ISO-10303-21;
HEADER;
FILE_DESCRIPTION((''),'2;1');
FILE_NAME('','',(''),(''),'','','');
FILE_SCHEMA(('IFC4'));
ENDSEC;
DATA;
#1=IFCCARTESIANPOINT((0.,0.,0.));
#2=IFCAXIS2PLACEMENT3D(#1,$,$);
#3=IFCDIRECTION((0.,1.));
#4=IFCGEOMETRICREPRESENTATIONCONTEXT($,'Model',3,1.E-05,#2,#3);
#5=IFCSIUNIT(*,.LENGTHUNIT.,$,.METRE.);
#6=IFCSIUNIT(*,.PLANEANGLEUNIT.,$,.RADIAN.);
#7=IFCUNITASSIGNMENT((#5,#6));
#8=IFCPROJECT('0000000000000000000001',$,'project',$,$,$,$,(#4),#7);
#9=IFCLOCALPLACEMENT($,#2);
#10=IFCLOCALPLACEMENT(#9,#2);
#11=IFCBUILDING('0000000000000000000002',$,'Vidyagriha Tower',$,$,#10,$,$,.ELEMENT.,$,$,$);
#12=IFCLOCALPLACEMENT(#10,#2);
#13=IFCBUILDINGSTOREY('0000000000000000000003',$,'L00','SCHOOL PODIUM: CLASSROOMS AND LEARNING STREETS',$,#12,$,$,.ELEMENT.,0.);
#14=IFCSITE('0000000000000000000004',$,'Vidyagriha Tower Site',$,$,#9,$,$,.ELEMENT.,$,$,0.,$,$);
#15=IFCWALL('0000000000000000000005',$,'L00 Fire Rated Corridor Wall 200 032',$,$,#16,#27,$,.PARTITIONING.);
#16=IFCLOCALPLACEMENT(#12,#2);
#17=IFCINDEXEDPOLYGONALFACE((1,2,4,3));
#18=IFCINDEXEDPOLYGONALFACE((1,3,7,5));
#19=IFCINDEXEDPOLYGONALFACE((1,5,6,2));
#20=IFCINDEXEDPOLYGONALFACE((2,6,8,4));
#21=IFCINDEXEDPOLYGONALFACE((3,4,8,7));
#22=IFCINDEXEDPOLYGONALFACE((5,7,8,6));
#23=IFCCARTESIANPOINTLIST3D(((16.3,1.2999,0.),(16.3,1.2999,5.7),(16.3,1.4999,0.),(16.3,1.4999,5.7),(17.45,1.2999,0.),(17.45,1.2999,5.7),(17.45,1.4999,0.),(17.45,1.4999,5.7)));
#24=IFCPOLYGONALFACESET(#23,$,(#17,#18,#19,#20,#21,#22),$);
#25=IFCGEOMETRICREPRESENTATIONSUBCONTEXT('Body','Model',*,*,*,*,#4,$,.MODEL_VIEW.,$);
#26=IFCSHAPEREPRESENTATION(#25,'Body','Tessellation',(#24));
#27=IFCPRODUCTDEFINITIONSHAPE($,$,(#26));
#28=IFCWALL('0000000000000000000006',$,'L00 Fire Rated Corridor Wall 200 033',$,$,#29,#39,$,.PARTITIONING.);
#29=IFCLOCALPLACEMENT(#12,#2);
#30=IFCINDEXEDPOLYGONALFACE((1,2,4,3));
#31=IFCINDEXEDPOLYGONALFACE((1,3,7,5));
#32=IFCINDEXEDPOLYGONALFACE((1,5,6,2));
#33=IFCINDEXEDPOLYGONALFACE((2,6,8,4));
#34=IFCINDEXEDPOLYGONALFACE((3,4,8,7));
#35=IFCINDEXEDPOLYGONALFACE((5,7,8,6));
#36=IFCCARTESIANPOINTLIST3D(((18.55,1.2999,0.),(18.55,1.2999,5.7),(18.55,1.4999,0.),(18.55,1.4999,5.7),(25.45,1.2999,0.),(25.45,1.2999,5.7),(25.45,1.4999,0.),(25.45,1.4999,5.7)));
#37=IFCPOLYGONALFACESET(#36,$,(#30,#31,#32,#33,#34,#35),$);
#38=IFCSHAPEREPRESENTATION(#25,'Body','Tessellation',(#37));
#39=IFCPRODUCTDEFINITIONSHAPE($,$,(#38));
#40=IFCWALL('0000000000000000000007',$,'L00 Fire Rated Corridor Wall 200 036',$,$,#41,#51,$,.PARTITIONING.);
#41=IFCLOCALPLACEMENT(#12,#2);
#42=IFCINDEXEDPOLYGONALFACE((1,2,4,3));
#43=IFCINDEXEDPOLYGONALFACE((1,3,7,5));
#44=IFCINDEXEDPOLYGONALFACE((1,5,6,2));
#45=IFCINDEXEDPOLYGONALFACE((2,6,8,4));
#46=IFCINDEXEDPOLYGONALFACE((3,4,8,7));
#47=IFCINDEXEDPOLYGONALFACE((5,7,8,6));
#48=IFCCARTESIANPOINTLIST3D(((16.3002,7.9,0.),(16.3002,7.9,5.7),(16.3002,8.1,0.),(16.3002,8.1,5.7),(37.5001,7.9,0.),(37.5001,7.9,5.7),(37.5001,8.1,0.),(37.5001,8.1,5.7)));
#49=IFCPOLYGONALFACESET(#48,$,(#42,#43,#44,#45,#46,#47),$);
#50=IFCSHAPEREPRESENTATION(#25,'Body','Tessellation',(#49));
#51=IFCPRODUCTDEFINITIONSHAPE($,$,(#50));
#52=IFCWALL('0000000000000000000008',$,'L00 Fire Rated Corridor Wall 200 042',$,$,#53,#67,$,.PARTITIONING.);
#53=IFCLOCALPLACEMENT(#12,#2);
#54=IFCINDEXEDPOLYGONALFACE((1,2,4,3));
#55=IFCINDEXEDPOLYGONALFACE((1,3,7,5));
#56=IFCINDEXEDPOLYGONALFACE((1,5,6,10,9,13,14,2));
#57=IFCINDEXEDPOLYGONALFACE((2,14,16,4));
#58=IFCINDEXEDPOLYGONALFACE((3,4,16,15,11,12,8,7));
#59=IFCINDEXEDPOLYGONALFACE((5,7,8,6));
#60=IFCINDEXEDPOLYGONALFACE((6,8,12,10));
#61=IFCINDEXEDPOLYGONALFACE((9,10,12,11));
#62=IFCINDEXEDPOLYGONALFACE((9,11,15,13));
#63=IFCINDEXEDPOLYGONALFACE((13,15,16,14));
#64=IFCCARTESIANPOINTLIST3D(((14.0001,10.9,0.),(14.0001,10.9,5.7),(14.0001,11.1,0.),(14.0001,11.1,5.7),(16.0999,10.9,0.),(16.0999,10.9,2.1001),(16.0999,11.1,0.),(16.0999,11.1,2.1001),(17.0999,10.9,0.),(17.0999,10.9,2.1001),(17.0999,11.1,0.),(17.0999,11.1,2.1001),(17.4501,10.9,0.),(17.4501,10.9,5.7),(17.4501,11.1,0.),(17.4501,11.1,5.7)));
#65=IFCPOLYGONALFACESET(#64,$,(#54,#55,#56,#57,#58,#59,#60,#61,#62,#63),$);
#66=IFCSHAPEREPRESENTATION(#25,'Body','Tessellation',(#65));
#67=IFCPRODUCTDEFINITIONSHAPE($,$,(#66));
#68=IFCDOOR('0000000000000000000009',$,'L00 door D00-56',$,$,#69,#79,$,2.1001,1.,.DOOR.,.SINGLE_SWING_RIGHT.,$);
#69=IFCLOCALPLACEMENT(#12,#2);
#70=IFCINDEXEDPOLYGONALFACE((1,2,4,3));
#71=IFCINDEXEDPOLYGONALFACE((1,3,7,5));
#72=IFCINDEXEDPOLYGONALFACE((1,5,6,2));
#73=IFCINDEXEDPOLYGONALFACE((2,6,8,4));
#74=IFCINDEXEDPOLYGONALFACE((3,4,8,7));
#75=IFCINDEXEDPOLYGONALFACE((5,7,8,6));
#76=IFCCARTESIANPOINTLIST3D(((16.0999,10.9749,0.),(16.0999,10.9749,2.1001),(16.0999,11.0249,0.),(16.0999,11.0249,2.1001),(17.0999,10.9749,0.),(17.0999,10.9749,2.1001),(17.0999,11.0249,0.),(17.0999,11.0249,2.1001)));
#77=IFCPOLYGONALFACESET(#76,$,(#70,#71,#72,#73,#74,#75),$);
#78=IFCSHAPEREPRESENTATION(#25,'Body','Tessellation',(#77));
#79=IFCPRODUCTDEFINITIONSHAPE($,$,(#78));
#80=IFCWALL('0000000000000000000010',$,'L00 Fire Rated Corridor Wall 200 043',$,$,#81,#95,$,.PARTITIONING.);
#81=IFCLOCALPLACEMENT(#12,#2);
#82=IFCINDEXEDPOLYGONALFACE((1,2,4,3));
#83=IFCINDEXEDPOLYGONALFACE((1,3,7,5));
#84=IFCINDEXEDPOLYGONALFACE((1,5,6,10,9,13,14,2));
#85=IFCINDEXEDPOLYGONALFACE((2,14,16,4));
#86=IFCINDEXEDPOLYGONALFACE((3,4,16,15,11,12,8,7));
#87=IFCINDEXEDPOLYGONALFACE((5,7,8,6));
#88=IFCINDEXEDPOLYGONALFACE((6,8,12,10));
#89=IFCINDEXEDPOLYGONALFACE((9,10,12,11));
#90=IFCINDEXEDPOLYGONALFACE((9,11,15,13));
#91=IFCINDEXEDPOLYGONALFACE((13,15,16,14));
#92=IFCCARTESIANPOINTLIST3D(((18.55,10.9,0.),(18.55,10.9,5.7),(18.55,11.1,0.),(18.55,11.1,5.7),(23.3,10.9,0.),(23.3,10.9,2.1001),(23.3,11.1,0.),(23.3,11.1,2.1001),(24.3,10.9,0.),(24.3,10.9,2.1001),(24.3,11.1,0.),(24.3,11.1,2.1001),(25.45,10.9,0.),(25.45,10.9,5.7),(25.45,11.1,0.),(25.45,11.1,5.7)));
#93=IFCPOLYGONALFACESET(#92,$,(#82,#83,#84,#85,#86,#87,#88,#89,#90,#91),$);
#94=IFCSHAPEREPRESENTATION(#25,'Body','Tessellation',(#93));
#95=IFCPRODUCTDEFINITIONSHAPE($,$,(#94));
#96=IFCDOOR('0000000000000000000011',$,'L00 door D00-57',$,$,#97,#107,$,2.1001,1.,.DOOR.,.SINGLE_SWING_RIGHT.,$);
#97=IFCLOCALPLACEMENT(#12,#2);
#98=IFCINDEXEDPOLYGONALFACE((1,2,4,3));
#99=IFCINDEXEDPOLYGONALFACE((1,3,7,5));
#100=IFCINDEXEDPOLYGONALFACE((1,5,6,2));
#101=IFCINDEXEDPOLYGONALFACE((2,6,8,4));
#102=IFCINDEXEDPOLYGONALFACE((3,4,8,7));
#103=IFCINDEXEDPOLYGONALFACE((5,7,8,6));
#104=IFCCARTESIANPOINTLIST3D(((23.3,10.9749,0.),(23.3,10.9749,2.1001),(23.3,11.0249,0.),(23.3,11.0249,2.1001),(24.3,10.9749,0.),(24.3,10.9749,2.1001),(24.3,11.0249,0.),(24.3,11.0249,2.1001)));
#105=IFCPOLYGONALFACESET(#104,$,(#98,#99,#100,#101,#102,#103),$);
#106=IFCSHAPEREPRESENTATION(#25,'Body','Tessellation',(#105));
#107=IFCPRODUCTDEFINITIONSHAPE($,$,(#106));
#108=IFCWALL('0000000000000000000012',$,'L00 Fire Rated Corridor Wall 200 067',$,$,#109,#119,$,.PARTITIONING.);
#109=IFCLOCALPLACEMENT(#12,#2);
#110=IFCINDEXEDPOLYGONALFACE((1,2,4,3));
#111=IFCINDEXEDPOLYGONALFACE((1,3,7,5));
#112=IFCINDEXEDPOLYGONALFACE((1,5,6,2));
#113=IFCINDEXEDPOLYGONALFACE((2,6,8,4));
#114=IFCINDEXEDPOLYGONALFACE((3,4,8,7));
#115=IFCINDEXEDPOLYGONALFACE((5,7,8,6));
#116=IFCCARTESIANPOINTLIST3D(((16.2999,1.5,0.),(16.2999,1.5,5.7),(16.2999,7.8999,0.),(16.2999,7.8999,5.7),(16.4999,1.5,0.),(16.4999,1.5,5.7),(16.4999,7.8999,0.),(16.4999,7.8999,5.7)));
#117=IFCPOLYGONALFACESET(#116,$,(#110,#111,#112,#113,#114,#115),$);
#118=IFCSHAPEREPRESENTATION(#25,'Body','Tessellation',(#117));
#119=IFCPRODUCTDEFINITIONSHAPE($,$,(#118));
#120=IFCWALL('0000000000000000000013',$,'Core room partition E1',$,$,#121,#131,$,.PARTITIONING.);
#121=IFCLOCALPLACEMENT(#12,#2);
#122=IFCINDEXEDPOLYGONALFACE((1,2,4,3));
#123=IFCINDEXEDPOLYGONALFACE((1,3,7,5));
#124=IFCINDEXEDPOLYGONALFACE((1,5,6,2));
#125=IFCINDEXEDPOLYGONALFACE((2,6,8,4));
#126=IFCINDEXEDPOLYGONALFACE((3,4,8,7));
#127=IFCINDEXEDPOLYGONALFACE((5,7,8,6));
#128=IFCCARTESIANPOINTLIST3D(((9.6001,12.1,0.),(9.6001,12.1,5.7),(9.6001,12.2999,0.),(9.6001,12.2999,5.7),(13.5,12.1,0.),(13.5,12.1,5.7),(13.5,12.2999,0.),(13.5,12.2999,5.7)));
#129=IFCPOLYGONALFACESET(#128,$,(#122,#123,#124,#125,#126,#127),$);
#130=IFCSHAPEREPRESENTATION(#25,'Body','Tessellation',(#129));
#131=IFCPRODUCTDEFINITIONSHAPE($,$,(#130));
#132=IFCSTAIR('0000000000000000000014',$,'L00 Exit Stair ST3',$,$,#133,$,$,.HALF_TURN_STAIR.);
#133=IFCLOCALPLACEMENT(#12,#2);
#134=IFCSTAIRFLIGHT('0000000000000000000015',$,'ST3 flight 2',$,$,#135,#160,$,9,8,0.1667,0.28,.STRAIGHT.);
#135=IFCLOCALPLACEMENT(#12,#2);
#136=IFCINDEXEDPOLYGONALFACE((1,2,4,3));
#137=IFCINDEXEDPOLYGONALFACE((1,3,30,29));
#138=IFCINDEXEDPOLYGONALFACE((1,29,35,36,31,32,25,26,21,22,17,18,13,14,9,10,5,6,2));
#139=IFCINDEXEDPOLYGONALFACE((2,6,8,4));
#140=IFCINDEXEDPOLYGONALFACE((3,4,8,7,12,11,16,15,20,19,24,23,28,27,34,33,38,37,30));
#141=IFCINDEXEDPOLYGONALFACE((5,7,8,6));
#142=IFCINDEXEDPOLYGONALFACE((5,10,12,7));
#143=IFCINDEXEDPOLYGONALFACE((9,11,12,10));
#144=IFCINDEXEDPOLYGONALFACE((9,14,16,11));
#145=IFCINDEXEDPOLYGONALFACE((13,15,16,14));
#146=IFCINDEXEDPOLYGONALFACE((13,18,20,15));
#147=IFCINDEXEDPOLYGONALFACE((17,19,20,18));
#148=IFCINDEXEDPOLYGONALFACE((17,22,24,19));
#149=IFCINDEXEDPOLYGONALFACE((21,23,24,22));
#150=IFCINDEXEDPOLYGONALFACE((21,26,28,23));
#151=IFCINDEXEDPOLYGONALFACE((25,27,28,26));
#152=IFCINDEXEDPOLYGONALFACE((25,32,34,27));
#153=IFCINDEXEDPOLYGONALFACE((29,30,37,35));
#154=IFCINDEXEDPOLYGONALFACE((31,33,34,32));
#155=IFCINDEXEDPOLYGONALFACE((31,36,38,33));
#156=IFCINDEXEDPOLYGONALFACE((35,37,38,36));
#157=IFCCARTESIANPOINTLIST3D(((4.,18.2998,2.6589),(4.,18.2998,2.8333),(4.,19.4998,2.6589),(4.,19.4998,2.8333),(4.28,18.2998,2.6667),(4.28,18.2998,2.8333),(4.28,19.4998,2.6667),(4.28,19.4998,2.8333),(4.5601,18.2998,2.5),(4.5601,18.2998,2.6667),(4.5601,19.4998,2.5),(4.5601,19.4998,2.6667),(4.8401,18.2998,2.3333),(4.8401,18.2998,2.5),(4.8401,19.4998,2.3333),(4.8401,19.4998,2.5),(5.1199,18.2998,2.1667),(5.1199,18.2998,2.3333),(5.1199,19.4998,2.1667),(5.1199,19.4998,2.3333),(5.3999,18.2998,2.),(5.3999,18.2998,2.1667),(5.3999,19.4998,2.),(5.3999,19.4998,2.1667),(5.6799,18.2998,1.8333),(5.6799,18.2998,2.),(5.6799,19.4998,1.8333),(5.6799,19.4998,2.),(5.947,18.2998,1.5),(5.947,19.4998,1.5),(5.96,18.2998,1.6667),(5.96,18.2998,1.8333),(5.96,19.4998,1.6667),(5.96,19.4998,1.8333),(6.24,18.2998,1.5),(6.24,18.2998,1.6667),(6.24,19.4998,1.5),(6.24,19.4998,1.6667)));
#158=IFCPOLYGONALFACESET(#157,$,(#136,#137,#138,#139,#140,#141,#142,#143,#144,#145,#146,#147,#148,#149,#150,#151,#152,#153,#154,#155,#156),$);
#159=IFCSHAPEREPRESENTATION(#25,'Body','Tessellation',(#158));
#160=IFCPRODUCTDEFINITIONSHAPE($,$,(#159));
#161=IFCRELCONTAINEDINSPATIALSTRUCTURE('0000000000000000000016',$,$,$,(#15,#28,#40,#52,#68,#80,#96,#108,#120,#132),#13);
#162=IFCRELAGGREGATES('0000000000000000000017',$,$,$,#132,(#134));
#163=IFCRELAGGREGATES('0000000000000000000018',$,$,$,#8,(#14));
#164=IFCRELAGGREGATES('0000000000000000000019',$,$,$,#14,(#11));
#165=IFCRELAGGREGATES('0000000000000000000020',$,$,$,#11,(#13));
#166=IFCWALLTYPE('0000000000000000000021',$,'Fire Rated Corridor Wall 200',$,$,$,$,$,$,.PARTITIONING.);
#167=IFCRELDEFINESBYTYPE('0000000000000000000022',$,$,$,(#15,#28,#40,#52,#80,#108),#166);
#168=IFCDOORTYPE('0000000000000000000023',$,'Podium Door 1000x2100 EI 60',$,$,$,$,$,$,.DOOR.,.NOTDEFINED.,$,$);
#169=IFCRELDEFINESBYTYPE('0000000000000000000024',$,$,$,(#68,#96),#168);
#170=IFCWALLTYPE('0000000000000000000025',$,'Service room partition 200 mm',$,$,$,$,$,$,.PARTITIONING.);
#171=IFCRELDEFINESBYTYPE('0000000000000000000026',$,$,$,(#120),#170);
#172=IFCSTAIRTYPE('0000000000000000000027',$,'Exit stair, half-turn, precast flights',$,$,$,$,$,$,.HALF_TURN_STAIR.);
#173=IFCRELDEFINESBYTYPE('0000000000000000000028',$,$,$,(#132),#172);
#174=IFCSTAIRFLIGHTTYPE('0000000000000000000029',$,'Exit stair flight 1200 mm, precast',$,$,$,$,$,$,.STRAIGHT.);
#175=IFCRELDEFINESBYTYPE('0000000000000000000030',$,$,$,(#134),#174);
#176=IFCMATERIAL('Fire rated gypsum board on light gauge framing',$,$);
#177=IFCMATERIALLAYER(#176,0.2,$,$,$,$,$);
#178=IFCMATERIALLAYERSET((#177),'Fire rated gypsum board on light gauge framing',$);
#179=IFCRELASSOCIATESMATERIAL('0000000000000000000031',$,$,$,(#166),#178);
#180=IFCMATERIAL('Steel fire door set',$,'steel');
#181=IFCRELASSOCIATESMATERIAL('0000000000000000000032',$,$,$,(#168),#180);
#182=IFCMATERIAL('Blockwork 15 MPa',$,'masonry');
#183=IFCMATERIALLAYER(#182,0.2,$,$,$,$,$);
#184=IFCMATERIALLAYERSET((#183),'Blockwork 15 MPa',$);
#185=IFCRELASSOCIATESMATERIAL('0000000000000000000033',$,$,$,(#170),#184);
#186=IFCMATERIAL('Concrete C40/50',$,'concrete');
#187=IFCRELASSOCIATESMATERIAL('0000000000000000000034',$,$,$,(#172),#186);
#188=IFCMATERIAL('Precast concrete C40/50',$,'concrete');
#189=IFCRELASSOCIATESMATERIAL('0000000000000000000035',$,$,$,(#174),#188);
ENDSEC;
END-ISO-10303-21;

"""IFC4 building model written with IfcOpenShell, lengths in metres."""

from ifc_helpers import new_model, si_unit, direction, frame, frame_2d, origin, place, context, subcontext, project, spatial, polyline, rectangle, outline, extrude, material, layer, layer_set, type_object, element, fill, aggregate, save


model = new_model("IFC4")

# Units and contexts
model_context = context("Model", 3, precision=1e-05, world=origin(), true_north=direction((0.0, 1.0)))
body_context = subcontext(model_context, "Body", "Model", "MODEL_VIEW")
ifc_project = project(units=[si_unit("LENGTHUNIT", "METRE"), si_unit("PLANEANGLEUNIT", "RADIAN")], contexts=[model_context])

# Site, building, storey
site_placement = place(None, origin())
site = spatial("IfcSite", under=ifc_project, at=site_placement, Name="Vidyagriha Tower Site", CompositionType="ELEMENT", RefElevation=0.0)
building_placement = place(site_placement, origin())
building = spatial("IfcBuilding", under=site, at=building_placement, Name="Vidyagriha Tower", CompositionType="ELEMENT")
storey_placement = place(building_placement, origin())
storey = spatial("IfcBuildingStorey", under=building, at=storey_placement, Name="L00", Description="SCHOOL PODIUM: CLASSROOMS AND LEARNING STREETS", CompositionType="ELEMENT", Elevation=0.0)

# Walls
ifc_material_1 = material(Name="Fire rated gypsum board on light gauge framing")
ifc_layer_1 = layer(ifc_material_1, 0.2)
ifc_layer_set_1 = layer_set([ifc_layer_1], Name="Fire rated gypsum board on light gauge framing")
wall_type_1 = type_object("IfcWallType", Name="Fire Rated Corridor Wall 200", PredefinedType="PARTITIONING", material=ifc_layer_set_1)
wall_1_placement = place(storey_placement, frame((16.3, 1.3999, 0.0)))
element("IfcWall", 1, at=wall_1_placement, inside=storey, type_object=wall_type_1, Name="L00 Fire Rated Corridor Wall 200 032", PredefinedType="PARTITIONING", context=body_context, shape_type="SweptSolid", body=[
    extrude(rectangle(XDim=1.1499, YDim=0.2, at=frame_2d((0.575, 0.0))), origin(), (0.0, 0.0, 1.0), 5.7),
])
wall_2_placement = place(storey_placement, frame((18.55, 1.3999, 0.0)))
element("IfcWall", 2, at=wall_2_placement, inside=storey, type_object=wall_type_1, Name="L00 Fire Rated Corridor Wall 200 033", PredefinedType="PARTITIONING", context=body_context, shape_type="SweptSolid", body=[
    extrude(rectangle(XDim=6.8999, YDim=0.2, at=frame_2d((3.45, 0.0))), origin(), (0.0, 0.0, 1.0), 5.7),
])
wall_3_placement = place(storey_placement, frame((16.3, 8.0, 0.0)))
element("IfcWall", 3, at=wall_3_placement, inside=storey, type_object=wall_type_1, Name="L00 Fire Rated Corridor Wall 200 036", PredefinedType="PARTITIONING", context=body_context, shape_type="SweptSolid", body=[
    extrude(rectangle(XDim=21.2, YDim=0.2, at=frame_2d((10.6001, 0.0))), origin(), (0.0, 0.0, 1.0), 5.7),
])

# Walls, openings, doors
wall_4_placement = place(storey_placement, frame((14.0, 11.0, 0.0)))
wall_4 = element("IfcWall", 4, at=wall_4_placement, inside=storey, type_object=wall_type_1, Name="L00 Fire Rated Corridor Wall 200 042", PredefinedType="PARTITIONING", context=body_context, shape_type="SweptSolid", body=[
    extrude(rectangle(XDim=3.45, YDim=0.2, at=frame_2d((1.7251, 0.0))), origin(), (0.0, 0.0, 1.0), 5.7),
])
opening_1_placement = place(wall_4_placement, frame((2.0999, 0.0, 0.0)))
opening_1 = element("IfcOpeningElement", 5, at=opening_1_placement, cuts=wall_4, PredefinedType="OPENING", context=body_context, shape_type="SweptSolid", body=[
    extrude(rectangle(XDim=1.0, YDim=2.1001, at=frame_2d((0.5, 1.05))), frame((0.0, 0.1099, 0.0), z_axis=(0.0, -1.0, 0.0), x_axis=(1.0, 0.0, 0.0)), (0.0, 0.0, 1.0), 0.22),
])
ifc_material_2 = material(Name="Steel fire door set", Category="steel")
door_type_1 = type_object("IfcDoorType", Name="Podium Door 1000x2100 EI 60", OperationType="NOTDEFINED", PredefinedType="DOOR", material=ifc_material_2)
door_1_placement = place(opening_1_placement, origin())
door_1 = element("IfcDoor", 6, at=door_1_placement, inside=storey, type_object=door_type_1, Name="L00 door D00-56", OperationType="SINGLE_SWING_RIGHT", OverallHeight=2.1001, OverallWidth=1.0, PredefinedType="DOOR", context=body_context, shape_type="SweptSolid", body=[
    extrude(rectangle(XDim=1.0, YDim=2.1001, at=frame_2d((0.5, 1.05))), frame((0.0, 0.0249, 0.0), z_axis=(0.0, -1.0, 0.0), x_axis=(1.0, 0.0, 0.0)), (0.0, 0.0, 1.0), 0.05),
])
fill(opening_1, door_1)
wall_5_placement = place(storey_placement, frame((18.55, 11.0, 0.0)))
wall_5 = element("IfcWall", 7, at=wall_5_placement, inside=storey, type_object=wall_type_1, Name="L00 Fire Rated Corridor Wall 200 043", PredefinedType="PARTITIONING", context=body_context, shape_type="SweptSolid", body=[
    extrude(rectangle(XDim=6.8999, YDim=0.2, at=frame_2d((3.45, 0.0))), origin(), (0.0, 0.0, 1.0), 5.7),
])
opening_2_placement = place(wall_5_placement, frame((4.75, 0.0, 0.0)))
opening_2 = element("IfcOpeningElement", 8, at=opening_2_placement, cuts=wall_5, PredefinedType="OPENING", context=body_context, shape_type="SweptSolid", body=[
    extrude(rectangle(XDim=1.0, YDim=2.1001, at=frame_2d((0.5, 1.05))), frame((0.0, 0.1099, 0.0), z_axis=(0.0, -1.0, 0.0), x_axis=(1.0, 0.0, 0.0)), (0.0, 0.0, 1.0), 0.22),
])
door_2_placement = place(opening_2_placement, origin())
door_2 = element("IfcDoor", 9, at=door_2_placement, inside=storey, type_object=door_type_1, Name="L00 door D00-57", OperationType="SINGLE_SWING_RIGHT", OverallHeight=2.1001, OverallWidth=1.0, PredefinedType="DOOR", context=body_context, shape_type="SweptSolid", body=[
    extrude(rectangle(XDim=1.0, YDim=2.1001, at=frame_2d((0.5, 1.05))), frame((0.0, 0.0249, 0.0), z_axis=(0.0, -1.0, 0.0), x_axis=(1.0, 0.0, 0.0)), (0.0, 0.0, 1.0), 0.05),
])
fill(opening_2, door_2)

# Walls
wall_6_placement = place(storey_placement, frame((16.3999, 1.5, 0.0), z_axis=(0.0, 0.0, 1.0), x_axis=(0.0, 1.0, 0.0)))
element("IfcWall", 10, at=wall_6_placement, inside=storey, type_object=wall_type_1, Name="L00 Fire Rated Corridor Wall 200 067", PredefinedType="PARTITIONING", context=body_context, shape_type="SweptSolid", body=[
    extrude(rectangle(XDim=6.3999, YDim=0.2, at=frame_2d((3.2, 0.0))), origin(), (0.0, 0.0, 1.0), 5.7),
])
ifc_material_3 = material(Name="Blockwork 15 MPa", Category="masonry")
ifc_layer_2 = layer(ifc_material_3, 0.2)
ifc_layer_set_2 = layer_set([ifc_layer_2], Name="Blockwork 15 MPa")
wall_type_2 = type_object("IfcWallType", Name="Service room partition 200 mm", PredefinedType="PARTITIONING", material=ifc_layer_set_2)
wall_7_placement = place(storey_placement, frame((9.6001, 12.2, 0.0)))
element("IfcWall", 11, at=wall_7_placement, inside=storey, type_object=wall_type_2, Name="Core room partition E1", PredefinedType="PARTITIONING", context=body_context, shape_type="SweptSolid", body=[
    extrude(rectangle(XDim=3.8999, YDim=0.2, at=frame_2d((1.95, 0.0))), origin(), (0.0, 0.0, 1.0), 5.7),
])

# Stair, stair flight
ifc_material_4 = material(Name="Concrete C40/50", Category="concrete")
stair_type = type_object("IfcStairType", Name="Exit stair, half-turn, precast flights", PredefinedType="HALF_TURN_STAIR", material=ifc_material_4)
stair_placement = place(storey_placement, origin())
stair = element("IfcStair", 12, at=stair_placement, inside=storey, type_object=stair_type, Name="L00 Exit Stair ST3", PredefinedType="HALF_TURN_STAIR")
ifc_material_5 = material(Name="Precast concrete C40/50", Category="concrete")
stair_flight_type = type_object("IfcStairFlightType", Name="Exit stair flight 1200 mm, precast", PredefinedType="STRAIGHT", material=ifc_material_5)
stair_flight_1_placement = place(storey_placement, frame((6.24, 18.8999, 1.5), z_axis=(0.0, 0.0, 1.0), x_axis=(-1.0, 0.0, 0.0)))
stair_flight_1 = element("IfcStairFlight", 13, at=stair_flight_1_placement, type_object=stair_flight_type, Name="ST3 flight 2", NumberOfRisers=9, NumberOfTreads=8, PredefinedType="STRAIGHT", RiserHeight=0.1667, TreadLength=0.28, context=body_context, shape_type="SweptSolid", body=[
    extrude(outline(polyline([(0.0, 0.0), (0.0, 0.1667), (0.28, 0.1667), (0.28, 0.3333), (0.5601, 0.3333), (0.5601, 0.5), (0.8401, 0.5), (0.8401, 0.6667), (1.1201, 0.6667), (1.1201, 0.8333), (1.3999, 0.8333), (1.3999, 1.0), (1.6799, 1.0), (1.6799, 1.1667), (1.96, 1.1667), (1.96, 1.3333), (2.24, 1.3333), (2.24, 1.5), (2.24, 1.1589), (0.293, 0.0), (0.0, 0.0)])), frame((0.0, 0.6001, 0.0), z_axis=(0.0, -1.0, 0.0), x_axis=(1.0, 0.0, 0.0)), (0.0, 0.0, 1.0), 1.2),
])
aggregate(stair, [stair_flight_1])

save(model, "model.ifc")
